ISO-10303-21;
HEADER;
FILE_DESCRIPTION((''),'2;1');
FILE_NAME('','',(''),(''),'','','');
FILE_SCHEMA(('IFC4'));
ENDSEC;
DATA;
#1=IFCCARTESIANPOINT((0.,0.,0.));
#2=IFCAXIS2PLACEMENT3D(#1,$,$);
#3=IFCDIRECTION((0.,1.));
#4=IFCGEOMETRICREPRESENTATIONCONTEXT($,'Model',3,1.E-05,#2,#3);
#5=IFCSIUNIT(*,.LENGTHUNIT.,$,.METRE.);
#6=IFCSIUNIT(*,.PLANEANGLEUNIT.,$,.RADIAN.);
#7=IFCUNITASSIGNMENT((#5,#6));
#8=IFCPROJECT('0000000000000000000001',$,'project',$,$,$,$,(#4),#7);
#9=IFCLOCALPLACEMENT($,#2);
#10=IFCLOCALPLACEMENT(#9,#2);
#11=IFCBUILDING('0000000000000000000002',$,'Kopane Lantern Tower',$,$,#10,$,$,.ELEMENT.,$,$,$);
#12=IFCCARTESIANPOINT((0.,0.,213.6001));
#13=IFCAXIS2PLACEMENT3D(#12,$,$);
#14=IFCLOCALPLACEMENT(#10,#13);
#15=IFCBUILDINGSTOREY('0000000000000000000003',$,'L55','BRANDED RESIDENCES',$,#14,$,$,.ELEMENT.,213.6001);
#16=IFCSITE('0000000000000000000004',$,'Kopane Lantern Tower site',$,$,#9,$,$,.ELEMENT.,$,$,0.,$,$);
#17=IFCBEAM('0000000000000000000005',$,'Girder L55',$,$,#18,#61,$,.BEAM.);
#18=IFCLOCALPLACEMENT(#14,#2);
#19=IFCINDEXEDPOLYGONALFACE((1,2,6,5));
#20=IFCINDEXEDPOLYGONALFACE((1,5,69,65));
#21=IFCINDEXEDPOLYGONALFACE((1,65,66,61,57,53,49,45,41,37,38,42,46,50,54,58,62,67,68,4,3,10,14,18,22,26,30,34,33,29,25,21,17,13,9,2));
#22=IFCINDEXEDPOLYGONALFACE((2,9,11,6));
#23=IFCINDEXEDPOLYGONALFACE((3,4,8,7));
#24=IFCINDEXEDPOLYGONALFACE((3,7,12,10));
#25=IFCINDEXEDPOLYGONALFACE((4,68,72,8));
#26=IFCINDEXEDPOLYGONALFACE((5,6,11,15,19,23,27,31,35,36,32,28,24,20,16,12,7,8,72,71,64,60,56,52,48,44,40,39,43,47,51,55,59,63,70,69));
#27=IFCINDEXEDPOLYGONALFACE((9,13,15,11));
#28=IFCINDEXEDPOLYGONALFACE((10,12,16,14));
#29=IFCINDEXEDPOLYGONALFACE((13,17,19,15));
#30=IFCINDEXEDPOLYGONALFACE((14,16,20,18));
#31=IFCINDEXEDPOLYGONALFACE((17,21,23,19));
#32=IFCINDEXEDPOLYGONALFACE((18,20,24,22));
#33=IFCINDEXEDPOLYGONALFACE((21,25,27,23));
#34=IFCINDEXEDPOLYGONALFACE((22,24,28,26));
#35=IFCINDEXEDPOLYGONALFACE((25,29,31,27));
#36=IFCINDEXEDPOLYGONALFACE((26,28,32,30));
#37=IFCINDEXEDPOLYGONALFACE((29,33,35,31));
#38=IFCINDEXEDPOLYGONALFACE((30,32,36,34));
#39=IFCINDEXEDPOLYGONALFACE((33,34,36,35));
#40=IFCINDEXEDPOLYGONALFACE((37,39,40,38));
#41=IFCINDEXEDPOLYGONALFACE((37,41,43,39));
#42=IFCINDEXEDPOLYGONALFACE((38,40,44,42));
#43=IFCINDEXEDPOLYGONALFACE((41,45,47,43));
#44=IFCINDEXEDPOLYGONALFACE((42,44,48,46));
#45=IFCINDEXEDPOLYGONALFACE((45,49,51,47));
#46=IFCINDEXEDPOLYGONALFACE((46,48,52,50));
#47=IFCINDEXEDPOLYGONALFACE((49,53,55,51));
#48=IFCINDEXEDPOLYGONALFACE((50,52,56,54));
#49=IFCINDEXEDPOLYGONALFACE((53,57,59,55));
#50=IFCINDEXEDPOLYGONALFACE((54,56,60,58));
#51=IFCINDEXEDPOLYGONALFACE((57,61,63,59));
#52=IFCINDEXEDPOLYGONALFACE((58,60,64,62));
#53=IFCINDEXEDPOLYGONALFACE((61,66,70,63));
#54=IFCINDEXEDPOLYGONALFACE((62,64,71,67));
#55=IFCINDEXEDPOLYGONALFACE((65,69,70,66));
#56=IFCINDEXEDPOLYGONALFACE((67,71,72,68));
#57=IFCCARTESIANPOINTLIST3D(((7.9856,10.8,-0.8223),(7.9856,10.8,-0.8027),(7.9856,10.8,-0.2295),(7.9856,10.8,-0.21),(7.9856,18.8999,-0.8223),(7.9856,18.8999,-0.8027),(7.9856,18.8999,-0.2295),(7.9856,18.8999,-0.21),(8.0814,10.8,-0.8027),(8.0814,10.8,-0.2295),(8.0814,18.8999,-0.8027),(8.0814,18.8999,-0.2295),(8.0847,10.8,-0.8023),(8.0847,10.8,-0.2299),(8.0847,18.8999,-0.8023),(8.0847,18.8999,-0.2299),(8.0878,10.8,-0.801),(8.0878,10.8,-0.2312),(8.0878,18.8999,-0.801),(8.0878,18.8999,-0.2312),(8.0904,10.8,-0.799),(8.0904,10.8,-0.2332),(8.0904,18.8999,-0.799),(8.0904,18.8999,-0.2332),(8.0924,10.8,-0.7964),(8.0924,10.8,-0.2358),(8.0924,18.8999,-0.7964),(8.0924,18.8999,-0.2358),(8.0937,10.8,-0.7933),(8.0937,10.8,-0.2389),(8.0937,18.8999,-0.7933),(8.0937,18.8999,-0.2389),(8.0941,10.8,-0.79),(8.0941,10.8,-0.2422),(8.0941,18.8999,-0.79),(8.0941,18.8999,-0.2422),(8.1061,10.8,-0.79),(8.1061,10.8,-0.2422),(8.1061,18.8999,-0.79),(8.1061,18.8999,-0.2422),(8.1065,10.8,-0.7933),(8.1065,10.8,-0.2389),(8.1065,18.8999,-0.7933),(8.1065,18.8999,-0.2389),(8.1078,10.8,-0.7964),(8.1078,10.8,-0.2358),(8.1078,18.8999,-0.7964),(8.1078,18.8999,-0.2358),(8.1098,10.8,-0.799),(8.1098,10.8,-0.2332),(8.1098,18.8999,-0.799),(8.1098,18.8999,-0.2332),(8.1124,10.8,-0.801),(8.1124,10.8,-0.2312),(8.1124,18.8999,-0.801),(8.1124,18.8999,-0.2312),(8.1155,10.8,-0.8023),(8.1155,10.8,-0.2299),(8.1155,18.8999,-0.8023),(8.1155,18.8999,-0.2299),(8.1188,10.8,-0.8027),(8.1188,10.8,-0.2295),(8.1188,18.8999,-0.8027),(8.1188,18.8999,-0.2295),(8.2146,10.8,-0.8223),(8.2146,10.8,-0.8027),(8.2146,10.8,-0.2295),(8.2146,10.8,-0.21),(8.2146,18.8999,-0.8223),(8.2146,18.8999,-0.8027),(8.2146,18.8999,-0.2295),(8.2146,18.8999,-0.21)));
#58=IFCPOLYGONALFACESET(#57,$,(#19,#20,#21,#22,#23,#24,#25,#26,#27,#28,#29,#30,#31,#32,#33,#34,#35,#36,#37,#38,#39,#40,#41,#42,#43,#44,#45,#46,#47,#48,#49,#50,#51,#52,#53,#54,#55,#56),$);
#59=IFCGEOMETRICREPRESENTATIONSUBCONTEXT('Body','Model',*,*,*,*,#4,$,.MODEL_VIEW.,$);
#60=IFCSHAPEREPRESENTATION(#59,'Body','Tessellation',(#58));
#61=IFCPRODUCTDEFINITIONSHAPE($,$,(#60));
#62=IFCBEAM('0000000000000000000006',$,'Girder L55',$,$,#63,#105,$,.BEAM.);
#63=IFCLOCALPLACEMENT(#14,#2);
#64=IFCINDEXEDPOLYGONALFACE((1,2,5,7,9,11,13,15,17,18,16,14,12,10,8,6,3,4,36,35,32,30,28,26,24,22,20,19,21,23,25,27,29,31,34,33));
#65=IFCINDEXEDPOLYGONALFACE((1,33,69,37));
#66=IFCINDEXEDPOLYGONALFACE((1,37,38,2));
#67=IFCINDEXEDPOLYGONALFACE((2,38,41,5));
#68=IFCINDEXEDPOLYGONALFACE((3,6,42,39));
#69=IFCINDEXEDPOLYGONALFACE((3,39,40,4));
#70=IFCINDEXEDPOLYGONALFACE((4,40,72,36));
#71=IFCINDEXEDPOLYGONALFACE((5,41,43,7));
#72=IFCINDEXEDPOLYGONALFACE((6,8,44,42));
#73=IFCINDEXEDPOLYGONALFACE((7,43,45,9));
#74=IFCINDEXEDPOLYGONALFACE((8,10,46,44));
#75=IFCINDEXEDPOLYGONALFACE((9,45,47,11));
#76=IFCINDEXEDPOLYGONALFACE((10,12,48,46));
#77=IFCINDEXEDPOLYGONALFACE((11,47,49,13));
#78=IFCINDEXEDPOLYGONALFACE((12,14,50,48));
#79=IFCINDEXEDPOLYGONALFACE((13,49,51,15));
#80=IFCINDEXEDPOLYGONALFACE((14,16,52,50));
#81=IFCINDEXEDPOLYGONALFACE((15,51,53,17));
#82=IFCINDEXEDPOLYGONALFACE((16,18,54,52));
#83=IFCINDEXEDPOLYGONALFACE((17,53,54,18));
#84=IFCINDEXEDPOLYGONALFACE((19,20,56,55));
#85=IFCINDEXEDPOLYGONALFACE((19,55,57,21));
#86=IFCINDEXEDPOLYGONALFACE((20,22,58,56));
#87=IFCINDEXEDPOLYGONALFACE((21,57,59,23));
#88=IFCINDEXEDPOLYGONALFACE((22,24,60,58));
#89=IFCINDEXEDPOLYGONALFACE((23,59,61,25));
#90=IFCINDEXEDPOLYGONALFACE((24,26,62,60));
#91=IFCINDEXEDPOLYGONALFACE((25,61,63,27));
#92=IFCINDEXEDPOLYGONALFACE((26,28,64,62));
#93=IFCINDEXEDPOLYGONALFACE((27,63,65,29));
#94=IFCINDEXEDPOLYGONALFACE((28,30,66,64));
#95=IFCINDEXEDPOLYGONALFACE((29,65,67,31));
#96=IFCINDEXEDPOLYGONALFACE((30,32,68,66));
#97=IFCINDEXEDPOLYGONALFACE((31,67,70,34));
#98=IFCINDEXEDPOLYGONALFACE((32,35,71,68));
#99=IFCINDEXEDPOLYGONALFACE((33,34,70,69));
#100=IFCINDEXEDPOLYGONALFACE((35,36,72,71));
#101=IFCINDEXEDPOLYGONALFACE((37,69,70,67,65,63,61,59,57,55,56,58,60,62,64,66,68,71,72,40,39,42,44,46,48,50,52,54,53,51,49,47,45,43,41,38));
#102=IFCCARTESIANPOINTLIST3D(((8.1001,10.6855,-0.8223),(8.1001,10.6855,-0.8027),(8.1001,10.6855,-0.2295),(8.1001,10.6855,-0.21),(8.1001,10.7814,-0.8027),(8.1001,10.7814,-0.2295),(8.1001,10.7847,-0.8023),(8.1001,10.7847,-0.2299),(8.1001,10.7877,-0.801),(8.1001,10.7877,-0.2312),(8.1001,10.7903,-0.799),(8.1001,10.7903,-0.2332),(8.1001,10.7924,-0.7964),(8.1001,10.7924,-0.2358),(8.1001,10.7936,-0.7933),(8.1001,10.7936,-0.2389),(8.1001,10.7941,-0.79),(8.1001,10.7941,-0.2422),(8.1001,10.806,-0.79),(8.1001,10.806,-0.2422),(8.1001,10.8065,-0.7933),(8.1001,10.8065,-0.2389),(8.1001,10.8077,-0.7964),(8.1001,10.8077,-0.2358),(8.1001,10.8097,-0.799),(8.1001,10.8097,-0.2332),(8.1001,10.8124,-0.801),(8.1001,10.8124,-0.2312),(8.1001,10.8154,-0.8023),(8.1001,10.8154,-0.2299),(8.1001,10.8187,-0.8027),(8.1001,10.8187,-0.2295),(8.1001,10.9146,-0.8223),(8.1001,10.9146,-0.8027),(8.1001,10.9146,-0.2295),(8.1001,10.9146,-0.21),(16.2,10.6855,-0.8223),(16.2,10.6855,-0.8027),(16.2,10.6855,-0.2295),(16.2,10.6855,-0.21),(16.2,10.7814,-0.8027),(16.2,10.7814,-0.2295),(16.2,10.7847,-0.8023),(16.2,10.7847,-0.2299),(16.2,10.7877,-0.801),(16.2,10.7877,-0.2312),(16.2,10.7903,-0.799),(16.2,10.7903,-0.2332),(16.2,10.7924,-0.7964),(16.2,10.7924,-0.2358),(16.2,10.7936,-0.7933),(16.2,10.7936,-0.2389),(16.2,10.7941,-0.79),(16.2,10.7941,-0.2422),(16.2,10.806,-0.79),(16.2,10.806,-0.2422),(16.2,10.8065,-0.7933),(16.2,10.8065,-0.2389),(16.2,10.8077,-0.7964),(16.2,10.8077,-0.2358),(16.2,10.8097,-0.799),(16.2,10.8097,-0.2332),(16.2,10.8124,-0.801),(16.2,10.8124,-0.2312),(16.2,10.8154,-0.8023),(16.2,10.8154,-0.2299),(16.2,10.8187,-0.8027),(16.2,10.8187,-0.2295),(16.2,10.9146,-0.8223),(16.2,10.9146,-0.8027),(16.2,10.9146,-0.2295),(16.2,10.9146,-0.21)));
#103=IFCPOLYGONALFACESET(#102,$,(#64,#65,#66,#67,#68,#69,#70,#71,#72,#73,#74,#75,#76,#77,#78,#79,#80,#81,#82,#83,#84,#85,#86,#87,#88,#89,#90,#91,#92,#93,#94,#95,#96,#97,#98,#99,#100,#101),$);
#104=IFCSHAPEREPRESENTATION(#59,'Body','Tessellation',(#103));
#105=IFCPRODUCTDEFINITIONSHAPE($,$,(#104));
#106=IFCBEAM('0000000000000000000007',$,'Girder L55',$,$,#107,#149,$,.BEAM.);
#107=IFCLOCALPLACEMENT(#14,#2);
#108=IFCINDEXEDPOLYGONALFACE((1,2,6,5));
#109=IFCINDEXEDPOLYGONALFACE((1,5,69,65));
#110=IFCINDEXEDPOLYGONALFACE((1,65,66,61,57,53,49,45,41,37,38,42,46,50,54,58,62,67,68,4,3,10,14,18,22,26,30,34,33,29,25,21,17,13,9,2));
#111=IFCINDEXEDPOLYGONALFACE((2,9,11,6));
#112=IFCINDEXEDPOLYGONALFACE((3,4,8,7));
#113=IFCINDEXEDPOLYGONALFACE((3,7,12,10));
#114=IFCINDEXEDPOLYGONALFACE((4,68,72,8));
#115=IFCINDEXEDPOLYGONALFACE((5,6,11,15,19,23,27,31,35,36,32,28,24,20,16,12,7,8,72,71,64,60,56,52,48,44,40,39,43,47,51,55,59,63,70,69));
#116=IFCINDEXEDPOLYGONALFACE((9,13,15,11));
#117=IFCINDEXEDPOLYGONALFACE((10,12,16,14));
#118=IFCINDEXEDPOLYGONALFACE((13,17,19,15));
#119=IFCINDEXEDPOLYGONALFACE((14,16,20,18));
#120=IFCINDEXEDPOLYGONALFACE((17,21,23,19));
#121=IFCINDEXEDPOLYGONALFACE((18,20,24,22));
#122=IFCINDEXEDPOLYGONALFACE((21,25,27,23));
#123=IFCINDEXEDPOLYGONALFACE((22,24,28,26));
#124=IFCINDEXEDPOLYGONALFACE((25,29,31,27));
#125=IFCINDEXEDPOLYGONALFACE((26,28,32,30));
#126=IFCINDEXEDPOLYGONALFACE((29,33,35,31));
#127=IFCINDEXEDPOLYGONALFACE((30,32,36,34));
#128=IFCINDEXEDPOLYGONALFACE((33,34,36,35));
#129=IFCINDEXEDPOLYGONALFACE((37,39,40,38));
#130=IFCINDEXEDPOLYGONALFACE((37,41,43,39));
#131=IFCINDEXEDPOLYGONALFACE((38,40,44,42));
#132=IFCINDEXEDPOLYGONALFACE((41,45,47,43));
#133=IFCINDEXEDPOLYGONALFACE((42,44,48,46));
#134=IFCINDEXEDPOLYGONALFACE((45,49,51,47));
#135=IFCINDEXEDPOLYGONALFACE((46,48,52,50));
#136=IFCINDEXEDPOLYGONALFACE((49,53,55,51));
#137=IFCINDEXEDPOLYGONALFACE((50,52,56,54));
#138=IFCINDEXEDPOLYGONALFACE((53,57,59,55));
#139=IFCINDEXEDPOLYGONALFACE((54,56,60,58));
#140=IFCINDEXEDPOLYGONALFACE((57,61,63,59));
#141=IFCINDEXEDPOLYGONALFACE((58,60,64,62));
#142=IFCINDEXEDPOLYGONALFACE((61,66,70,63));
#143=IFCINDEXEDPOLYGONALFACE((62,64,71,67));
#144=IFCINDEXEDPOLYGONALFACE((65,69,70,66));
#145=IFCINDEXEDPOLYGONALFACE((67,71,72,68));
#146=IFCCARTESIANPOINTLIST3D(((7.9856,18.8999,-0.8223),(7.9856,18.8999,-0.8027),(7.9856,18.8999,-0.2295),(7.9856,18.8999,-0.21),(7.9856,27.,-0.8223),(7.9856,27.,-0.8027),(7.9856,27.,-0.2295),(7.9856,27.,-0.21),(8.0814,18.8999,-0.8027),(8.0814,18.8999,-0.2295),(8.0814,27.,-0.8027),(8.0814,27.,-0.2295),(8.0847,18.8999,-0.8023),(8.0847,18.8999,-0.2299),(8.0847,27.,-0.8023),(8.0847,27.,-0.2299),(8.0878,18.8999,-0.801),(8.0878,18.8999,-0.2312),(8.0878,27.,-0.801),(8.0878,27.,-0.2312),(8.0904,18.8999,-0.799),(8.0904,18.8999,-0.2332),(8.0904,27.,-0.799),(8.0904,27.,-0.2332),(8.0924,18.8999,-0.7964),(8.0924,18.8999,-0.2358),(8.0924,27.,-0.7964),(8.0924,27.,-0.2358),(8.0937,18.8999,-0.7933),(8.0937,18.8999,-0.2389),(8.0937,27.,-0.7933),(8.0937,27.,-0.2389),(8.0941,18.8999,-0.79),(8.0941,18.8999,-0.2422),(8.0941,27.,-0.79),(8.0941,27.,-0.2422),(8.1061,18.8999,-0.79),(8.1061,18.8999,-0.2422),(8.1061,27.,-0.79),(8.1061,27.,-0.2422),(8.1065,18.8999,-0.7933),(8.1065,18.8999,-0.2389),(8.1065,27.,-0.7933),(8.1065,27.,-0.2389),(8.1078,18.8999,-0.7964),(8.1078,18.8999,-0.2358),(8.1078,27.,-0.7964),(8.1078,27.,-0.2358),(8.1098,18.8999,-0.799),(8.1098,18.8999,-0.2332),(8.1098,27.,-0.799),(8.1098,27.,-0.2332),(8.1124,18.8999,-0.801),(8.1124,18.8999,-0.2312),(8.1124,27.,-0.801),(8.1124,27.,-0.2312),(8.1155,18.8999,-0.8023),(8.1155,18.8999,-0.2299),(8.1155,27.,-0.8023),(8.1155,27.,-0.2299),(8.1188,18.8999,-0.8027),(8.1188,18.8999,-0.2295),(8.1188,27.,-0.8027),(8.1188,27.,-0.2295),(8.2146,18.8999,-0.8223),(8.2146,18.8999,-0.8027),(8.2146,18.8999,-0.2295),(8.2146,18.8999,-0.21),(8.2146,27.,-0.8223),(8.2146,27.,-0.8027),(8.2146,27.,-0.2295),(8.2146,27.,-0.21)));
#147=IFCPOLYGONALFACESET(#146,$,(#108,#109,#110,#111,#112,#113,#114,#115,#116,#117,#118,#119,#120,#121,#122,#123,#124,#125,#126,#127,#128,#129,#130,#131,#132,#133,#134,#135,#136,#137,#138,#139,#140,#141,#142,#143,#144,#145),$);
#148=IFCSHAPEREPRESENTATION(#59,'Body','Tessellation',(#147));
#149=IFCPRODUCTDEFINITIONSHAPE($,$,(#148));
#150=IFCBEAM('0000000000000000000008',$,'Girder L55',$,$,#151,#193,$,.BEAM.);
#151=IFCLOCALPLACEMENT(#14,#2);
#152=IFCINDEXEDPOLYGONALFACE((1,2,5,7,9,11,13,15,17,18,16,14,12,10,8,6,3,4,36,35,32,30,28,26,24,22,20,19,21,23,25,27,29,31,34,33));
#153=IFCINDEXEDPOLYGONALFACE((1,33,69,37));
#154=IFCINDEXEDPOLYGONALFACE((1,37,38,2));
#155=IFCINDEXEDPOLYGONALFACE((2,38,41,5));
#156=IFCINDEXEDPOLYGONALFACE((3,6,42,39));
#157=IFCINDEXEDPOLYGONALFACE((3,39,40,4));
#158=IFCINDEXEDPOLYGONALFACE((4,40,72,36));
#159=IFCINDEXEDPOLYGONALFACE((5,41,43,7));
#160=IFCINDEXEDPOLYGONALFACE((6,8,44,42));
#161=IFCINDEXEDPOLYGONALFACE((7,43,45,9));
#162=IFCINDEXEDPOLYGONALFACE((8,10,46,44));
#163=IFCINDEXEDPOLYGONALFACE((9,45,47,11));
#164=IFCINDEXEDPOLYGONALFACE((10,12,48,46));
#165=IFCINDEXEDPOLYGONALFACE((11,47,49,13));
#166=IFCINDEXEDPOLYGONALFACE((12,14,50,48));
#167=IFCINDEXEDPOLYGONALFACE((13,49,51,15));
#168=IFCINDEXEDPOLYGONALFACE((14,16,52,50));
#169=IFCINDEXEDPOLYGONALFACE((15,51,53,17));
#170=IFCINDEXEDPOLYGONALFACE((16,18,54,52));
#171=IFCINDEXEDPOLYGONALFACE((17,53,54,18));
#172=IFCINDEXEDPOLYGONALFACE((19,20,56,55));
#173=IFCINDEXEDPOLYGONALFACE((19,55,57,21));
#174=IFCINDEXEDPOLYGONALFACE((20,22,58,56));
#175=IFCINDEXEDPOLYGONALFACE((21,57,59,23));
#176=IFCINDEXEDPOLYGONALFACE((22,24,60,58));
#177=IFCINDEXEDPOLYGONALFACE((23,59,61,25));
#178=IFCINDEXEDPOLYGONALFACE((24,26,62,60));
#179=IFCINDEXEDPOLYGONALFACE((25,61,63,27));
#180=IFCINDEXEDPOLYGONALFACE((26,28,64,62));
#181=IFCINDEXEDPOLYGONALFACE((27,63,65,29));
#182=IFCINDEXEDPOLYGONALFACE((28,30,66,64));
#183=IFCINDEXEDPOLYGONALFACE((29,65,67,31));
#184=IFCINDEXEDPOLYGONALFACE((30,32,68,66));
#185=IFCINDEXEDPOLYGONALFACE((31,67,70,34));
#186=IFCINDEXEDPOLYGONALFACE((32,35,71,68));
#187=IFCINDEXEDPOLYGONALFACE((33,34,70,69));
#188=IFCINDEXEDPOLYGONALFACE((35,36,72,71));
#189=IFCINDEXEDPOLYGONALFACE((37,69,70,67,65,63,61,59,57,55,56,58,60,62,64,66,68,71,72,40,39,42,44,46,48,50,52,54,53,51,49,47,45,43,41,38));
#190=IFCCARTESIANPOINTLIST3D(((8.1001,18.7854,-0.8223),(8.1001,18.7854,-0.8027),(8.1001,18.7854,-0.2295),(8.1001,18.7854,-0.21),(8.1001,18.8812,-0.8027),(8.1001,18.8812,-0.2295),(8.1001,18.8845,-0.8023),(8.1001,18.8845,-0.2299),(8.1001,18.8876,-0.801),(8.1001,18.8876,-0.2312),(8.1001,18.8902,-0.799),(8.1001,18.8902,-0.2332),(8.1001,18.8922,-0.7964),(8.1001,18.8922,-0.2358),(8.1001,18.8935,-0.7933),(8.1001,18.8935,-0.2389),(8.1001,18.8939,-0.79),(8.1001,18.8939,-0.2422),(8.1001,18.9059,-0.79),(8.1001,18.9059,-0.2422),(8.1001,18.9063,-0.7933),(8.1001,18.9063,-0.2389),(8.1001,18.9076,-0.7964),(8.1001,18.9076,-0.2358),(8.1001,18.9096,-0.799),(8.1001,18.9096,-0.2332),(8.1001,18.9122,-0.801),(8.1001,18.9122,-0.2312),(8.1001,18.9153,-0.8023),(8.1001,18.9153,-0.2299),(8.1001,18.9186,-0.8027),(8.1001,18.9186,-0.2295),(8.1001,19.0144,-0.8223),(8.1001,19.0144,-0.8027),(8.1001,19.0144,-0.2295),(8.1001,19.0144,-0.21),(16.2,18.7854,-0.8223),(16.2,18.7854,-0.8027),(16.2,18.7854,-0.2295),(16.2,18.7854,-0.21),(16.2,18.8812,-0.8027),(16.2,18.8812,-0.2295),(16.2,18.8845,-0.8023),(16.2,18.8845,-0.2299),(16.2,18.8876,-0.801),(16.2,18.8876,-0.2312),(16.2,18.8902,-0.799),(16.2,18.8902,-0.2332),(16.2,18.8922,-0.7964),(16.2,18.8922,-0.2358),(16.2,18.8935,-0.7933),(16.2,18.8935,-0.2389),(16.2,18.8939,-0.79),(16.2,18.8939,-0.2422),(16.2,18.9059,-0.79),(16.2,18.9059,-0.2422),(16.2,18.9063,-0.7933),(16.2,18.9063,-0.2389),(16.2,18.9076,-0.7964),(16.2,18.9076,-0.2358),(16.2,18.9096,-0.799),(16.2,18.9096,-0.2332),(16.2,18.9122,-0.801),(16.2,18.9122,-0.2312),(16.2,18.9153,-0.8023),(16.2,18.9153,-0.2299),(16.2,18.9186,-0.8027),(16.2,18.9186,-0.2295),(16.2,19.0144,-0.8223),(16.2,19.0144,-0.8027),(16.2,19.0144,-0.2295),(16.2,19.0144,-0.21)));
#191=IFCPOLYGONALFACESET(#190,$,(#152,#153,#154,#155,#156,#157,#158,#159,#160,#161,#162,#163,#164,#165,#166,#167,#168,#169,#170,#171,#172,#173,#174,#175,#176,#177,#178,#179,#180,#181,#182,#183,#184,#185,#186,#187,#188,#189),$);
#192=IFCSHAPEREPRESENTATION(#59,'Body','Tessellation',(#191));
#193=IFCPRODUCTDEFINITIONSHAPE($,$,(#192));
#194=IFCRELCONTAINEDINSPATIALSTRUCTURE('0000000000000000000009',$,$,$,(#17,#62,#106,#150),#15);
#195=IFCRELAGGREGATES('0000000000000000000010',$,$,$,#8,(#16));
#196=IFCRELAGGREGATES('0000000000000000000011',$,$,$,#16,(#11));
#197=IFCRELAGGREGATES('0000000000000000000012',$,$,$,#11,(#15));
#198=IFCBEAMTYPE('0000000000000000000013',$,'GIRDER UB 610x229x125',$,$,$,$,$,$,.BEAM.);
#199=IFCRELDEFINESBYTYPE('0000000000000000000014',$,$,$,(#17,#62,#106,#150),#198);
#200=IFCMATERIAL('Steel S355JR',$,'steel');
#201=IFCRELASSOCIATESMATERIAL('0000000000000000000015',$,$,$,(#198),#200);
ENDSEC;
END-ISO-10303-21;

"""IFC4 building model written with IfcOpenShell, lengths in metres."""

from ifc_helpers import new_model, si_unit, direction, frame, origin, origin_2d, place, context, subcontext, project, spatial, i_section, extrude, material, material_profile, profile_set, type_object, element, save


model = new_model("IFC4")

# Units and contexts
model_context = context("Model", 3, precision=1e-05, world=origin(), true_north=direction((0.0, 1.0)))
body_context = subcontext(model_context, "Body", "Model", "MODEL_VIEW")
ifc_project = project(units=[si_unit("LENGTHUNIT", "METRE"), si_unit("PLANEANGLEUNIT", "RADIAN")], contexts=[model_context])

# Site, building, storey
site_placement = place(None, origin())
site = spatial("IfcSite", under=ifc_project, at=site_placement, Name="Kopane Lantern Tower site", CompositionType="ELEMENT", RefElevation=0.0)
building_placement = place(site_placement, origin())
building = spatial("IfcBuilding", under=site, at=building_placement, Name="Kopane Lantern Tower", CompositionType="ELEMENT")
storey_placement = place(building_placement, frame((0.0, 0.0, 213.6001)))
storey = spatial("IfcBuildingStorey", under=building, at=storey_placement, Name="L55", Description="BRANDED RESIDENCES", CompositionType="ELEMENT", Elevation=213.6001)

# Beams
ifc_material_1 = material(Name="Steel S355JR", Category="steel")
ifc_material_profile_1 = material_profile(ifc_material_1, i_section(OverallWidth=0.229, OverallDepth=0.6123, WebThickness=0.012, FlangeThickness=0.0195, FilletRadius=0.0127, at=origin_2d()), Name="UB 610x229x125")
ifc_profile_set_1 = profile_set([ifc_material_profile_1], Name="Steel S355JR")
beam_type_1 = type_object("IfcBeamType", Name="GIRDER UB 610x229x125", PredefinedType="BEAM", material=ifc_profile_set_1)
for number, where, z_axis, x_axis, name in (
    (1, (8.1001, 10.8, -0.5161), (0.0, 1.0, 0.0), (-1.0, 0.0, 0.0), "Girder L55"),
    (2, (8.1001, 10.8, -0.5161), (1.0, 0.0, 0.0), (0.0, 1.0, 0.0), "Girder L55"),
):
    element("IfcBeam", number, at=place(storey_placement, frame(where, z_axis=z_axis, x_axis=x_axis)), inside=storey, type_object=beam_type_1, Name=name, PredefinedType="BEAM", context=body_context, shape_type="SweptSolid", body=[
        extrude(i_section(OverallWidth=0.229, OverallDepth=0.6123, WebThickness=0.012, FlangeThickness=0.0195, FilletRadius=0.0127, at=origin_2d()), origin(), (0.0, 0.0, 1.0), 8.0999),
    ])
beam_1_placement = place(storey_placement, frame((8.1001, 18.8999, -0.5161), z_axis=(0.0, 1.0, 0.0), x_axis=(-1.0, 0.0, 0.0)))
element("IfcBeam", 3, at=beam_1_placement, inside=storey, type_object=beam_type_1, Name="Girder L55", PredefinedType="BEAM", context=body_context, shape_type="SweptSolid", body=[
    extrude(i_section(OverallWidth=0.229, OverallDepth=0.6123, WebThickness=0.012, FlangeThickness=0.0195, FilletRadius=0.0127, at=origin_2d()), origin(), (0.0, 0.0, 1.0), 8.1001),
])
beam_2_placement = place(storey_placement, frame((8.1001, 18.8999, -0.5161), z_axis=(1.0, 0.0, 0.0), x_axis=(0.0, 1.0, 0.0)))
element("IfcBeam", 4, at=beam_2_placement, inside=storey, type_object=beam_type_1, Name="Girder L55", PredefinedType="BEAM", context=body_context, shape_type="SweptSolid", body=[
    extrude(i_section(OverallWidth=0.229, OverallDepth=0.6123, WebThickness=0.012, FlangeThickness=0.0195, FilletRadius=0.0127, at=origin_2d()), origin(), (0.0, 0.0, 1.0), 8.0999),
])

save(model, "model.ifc")
